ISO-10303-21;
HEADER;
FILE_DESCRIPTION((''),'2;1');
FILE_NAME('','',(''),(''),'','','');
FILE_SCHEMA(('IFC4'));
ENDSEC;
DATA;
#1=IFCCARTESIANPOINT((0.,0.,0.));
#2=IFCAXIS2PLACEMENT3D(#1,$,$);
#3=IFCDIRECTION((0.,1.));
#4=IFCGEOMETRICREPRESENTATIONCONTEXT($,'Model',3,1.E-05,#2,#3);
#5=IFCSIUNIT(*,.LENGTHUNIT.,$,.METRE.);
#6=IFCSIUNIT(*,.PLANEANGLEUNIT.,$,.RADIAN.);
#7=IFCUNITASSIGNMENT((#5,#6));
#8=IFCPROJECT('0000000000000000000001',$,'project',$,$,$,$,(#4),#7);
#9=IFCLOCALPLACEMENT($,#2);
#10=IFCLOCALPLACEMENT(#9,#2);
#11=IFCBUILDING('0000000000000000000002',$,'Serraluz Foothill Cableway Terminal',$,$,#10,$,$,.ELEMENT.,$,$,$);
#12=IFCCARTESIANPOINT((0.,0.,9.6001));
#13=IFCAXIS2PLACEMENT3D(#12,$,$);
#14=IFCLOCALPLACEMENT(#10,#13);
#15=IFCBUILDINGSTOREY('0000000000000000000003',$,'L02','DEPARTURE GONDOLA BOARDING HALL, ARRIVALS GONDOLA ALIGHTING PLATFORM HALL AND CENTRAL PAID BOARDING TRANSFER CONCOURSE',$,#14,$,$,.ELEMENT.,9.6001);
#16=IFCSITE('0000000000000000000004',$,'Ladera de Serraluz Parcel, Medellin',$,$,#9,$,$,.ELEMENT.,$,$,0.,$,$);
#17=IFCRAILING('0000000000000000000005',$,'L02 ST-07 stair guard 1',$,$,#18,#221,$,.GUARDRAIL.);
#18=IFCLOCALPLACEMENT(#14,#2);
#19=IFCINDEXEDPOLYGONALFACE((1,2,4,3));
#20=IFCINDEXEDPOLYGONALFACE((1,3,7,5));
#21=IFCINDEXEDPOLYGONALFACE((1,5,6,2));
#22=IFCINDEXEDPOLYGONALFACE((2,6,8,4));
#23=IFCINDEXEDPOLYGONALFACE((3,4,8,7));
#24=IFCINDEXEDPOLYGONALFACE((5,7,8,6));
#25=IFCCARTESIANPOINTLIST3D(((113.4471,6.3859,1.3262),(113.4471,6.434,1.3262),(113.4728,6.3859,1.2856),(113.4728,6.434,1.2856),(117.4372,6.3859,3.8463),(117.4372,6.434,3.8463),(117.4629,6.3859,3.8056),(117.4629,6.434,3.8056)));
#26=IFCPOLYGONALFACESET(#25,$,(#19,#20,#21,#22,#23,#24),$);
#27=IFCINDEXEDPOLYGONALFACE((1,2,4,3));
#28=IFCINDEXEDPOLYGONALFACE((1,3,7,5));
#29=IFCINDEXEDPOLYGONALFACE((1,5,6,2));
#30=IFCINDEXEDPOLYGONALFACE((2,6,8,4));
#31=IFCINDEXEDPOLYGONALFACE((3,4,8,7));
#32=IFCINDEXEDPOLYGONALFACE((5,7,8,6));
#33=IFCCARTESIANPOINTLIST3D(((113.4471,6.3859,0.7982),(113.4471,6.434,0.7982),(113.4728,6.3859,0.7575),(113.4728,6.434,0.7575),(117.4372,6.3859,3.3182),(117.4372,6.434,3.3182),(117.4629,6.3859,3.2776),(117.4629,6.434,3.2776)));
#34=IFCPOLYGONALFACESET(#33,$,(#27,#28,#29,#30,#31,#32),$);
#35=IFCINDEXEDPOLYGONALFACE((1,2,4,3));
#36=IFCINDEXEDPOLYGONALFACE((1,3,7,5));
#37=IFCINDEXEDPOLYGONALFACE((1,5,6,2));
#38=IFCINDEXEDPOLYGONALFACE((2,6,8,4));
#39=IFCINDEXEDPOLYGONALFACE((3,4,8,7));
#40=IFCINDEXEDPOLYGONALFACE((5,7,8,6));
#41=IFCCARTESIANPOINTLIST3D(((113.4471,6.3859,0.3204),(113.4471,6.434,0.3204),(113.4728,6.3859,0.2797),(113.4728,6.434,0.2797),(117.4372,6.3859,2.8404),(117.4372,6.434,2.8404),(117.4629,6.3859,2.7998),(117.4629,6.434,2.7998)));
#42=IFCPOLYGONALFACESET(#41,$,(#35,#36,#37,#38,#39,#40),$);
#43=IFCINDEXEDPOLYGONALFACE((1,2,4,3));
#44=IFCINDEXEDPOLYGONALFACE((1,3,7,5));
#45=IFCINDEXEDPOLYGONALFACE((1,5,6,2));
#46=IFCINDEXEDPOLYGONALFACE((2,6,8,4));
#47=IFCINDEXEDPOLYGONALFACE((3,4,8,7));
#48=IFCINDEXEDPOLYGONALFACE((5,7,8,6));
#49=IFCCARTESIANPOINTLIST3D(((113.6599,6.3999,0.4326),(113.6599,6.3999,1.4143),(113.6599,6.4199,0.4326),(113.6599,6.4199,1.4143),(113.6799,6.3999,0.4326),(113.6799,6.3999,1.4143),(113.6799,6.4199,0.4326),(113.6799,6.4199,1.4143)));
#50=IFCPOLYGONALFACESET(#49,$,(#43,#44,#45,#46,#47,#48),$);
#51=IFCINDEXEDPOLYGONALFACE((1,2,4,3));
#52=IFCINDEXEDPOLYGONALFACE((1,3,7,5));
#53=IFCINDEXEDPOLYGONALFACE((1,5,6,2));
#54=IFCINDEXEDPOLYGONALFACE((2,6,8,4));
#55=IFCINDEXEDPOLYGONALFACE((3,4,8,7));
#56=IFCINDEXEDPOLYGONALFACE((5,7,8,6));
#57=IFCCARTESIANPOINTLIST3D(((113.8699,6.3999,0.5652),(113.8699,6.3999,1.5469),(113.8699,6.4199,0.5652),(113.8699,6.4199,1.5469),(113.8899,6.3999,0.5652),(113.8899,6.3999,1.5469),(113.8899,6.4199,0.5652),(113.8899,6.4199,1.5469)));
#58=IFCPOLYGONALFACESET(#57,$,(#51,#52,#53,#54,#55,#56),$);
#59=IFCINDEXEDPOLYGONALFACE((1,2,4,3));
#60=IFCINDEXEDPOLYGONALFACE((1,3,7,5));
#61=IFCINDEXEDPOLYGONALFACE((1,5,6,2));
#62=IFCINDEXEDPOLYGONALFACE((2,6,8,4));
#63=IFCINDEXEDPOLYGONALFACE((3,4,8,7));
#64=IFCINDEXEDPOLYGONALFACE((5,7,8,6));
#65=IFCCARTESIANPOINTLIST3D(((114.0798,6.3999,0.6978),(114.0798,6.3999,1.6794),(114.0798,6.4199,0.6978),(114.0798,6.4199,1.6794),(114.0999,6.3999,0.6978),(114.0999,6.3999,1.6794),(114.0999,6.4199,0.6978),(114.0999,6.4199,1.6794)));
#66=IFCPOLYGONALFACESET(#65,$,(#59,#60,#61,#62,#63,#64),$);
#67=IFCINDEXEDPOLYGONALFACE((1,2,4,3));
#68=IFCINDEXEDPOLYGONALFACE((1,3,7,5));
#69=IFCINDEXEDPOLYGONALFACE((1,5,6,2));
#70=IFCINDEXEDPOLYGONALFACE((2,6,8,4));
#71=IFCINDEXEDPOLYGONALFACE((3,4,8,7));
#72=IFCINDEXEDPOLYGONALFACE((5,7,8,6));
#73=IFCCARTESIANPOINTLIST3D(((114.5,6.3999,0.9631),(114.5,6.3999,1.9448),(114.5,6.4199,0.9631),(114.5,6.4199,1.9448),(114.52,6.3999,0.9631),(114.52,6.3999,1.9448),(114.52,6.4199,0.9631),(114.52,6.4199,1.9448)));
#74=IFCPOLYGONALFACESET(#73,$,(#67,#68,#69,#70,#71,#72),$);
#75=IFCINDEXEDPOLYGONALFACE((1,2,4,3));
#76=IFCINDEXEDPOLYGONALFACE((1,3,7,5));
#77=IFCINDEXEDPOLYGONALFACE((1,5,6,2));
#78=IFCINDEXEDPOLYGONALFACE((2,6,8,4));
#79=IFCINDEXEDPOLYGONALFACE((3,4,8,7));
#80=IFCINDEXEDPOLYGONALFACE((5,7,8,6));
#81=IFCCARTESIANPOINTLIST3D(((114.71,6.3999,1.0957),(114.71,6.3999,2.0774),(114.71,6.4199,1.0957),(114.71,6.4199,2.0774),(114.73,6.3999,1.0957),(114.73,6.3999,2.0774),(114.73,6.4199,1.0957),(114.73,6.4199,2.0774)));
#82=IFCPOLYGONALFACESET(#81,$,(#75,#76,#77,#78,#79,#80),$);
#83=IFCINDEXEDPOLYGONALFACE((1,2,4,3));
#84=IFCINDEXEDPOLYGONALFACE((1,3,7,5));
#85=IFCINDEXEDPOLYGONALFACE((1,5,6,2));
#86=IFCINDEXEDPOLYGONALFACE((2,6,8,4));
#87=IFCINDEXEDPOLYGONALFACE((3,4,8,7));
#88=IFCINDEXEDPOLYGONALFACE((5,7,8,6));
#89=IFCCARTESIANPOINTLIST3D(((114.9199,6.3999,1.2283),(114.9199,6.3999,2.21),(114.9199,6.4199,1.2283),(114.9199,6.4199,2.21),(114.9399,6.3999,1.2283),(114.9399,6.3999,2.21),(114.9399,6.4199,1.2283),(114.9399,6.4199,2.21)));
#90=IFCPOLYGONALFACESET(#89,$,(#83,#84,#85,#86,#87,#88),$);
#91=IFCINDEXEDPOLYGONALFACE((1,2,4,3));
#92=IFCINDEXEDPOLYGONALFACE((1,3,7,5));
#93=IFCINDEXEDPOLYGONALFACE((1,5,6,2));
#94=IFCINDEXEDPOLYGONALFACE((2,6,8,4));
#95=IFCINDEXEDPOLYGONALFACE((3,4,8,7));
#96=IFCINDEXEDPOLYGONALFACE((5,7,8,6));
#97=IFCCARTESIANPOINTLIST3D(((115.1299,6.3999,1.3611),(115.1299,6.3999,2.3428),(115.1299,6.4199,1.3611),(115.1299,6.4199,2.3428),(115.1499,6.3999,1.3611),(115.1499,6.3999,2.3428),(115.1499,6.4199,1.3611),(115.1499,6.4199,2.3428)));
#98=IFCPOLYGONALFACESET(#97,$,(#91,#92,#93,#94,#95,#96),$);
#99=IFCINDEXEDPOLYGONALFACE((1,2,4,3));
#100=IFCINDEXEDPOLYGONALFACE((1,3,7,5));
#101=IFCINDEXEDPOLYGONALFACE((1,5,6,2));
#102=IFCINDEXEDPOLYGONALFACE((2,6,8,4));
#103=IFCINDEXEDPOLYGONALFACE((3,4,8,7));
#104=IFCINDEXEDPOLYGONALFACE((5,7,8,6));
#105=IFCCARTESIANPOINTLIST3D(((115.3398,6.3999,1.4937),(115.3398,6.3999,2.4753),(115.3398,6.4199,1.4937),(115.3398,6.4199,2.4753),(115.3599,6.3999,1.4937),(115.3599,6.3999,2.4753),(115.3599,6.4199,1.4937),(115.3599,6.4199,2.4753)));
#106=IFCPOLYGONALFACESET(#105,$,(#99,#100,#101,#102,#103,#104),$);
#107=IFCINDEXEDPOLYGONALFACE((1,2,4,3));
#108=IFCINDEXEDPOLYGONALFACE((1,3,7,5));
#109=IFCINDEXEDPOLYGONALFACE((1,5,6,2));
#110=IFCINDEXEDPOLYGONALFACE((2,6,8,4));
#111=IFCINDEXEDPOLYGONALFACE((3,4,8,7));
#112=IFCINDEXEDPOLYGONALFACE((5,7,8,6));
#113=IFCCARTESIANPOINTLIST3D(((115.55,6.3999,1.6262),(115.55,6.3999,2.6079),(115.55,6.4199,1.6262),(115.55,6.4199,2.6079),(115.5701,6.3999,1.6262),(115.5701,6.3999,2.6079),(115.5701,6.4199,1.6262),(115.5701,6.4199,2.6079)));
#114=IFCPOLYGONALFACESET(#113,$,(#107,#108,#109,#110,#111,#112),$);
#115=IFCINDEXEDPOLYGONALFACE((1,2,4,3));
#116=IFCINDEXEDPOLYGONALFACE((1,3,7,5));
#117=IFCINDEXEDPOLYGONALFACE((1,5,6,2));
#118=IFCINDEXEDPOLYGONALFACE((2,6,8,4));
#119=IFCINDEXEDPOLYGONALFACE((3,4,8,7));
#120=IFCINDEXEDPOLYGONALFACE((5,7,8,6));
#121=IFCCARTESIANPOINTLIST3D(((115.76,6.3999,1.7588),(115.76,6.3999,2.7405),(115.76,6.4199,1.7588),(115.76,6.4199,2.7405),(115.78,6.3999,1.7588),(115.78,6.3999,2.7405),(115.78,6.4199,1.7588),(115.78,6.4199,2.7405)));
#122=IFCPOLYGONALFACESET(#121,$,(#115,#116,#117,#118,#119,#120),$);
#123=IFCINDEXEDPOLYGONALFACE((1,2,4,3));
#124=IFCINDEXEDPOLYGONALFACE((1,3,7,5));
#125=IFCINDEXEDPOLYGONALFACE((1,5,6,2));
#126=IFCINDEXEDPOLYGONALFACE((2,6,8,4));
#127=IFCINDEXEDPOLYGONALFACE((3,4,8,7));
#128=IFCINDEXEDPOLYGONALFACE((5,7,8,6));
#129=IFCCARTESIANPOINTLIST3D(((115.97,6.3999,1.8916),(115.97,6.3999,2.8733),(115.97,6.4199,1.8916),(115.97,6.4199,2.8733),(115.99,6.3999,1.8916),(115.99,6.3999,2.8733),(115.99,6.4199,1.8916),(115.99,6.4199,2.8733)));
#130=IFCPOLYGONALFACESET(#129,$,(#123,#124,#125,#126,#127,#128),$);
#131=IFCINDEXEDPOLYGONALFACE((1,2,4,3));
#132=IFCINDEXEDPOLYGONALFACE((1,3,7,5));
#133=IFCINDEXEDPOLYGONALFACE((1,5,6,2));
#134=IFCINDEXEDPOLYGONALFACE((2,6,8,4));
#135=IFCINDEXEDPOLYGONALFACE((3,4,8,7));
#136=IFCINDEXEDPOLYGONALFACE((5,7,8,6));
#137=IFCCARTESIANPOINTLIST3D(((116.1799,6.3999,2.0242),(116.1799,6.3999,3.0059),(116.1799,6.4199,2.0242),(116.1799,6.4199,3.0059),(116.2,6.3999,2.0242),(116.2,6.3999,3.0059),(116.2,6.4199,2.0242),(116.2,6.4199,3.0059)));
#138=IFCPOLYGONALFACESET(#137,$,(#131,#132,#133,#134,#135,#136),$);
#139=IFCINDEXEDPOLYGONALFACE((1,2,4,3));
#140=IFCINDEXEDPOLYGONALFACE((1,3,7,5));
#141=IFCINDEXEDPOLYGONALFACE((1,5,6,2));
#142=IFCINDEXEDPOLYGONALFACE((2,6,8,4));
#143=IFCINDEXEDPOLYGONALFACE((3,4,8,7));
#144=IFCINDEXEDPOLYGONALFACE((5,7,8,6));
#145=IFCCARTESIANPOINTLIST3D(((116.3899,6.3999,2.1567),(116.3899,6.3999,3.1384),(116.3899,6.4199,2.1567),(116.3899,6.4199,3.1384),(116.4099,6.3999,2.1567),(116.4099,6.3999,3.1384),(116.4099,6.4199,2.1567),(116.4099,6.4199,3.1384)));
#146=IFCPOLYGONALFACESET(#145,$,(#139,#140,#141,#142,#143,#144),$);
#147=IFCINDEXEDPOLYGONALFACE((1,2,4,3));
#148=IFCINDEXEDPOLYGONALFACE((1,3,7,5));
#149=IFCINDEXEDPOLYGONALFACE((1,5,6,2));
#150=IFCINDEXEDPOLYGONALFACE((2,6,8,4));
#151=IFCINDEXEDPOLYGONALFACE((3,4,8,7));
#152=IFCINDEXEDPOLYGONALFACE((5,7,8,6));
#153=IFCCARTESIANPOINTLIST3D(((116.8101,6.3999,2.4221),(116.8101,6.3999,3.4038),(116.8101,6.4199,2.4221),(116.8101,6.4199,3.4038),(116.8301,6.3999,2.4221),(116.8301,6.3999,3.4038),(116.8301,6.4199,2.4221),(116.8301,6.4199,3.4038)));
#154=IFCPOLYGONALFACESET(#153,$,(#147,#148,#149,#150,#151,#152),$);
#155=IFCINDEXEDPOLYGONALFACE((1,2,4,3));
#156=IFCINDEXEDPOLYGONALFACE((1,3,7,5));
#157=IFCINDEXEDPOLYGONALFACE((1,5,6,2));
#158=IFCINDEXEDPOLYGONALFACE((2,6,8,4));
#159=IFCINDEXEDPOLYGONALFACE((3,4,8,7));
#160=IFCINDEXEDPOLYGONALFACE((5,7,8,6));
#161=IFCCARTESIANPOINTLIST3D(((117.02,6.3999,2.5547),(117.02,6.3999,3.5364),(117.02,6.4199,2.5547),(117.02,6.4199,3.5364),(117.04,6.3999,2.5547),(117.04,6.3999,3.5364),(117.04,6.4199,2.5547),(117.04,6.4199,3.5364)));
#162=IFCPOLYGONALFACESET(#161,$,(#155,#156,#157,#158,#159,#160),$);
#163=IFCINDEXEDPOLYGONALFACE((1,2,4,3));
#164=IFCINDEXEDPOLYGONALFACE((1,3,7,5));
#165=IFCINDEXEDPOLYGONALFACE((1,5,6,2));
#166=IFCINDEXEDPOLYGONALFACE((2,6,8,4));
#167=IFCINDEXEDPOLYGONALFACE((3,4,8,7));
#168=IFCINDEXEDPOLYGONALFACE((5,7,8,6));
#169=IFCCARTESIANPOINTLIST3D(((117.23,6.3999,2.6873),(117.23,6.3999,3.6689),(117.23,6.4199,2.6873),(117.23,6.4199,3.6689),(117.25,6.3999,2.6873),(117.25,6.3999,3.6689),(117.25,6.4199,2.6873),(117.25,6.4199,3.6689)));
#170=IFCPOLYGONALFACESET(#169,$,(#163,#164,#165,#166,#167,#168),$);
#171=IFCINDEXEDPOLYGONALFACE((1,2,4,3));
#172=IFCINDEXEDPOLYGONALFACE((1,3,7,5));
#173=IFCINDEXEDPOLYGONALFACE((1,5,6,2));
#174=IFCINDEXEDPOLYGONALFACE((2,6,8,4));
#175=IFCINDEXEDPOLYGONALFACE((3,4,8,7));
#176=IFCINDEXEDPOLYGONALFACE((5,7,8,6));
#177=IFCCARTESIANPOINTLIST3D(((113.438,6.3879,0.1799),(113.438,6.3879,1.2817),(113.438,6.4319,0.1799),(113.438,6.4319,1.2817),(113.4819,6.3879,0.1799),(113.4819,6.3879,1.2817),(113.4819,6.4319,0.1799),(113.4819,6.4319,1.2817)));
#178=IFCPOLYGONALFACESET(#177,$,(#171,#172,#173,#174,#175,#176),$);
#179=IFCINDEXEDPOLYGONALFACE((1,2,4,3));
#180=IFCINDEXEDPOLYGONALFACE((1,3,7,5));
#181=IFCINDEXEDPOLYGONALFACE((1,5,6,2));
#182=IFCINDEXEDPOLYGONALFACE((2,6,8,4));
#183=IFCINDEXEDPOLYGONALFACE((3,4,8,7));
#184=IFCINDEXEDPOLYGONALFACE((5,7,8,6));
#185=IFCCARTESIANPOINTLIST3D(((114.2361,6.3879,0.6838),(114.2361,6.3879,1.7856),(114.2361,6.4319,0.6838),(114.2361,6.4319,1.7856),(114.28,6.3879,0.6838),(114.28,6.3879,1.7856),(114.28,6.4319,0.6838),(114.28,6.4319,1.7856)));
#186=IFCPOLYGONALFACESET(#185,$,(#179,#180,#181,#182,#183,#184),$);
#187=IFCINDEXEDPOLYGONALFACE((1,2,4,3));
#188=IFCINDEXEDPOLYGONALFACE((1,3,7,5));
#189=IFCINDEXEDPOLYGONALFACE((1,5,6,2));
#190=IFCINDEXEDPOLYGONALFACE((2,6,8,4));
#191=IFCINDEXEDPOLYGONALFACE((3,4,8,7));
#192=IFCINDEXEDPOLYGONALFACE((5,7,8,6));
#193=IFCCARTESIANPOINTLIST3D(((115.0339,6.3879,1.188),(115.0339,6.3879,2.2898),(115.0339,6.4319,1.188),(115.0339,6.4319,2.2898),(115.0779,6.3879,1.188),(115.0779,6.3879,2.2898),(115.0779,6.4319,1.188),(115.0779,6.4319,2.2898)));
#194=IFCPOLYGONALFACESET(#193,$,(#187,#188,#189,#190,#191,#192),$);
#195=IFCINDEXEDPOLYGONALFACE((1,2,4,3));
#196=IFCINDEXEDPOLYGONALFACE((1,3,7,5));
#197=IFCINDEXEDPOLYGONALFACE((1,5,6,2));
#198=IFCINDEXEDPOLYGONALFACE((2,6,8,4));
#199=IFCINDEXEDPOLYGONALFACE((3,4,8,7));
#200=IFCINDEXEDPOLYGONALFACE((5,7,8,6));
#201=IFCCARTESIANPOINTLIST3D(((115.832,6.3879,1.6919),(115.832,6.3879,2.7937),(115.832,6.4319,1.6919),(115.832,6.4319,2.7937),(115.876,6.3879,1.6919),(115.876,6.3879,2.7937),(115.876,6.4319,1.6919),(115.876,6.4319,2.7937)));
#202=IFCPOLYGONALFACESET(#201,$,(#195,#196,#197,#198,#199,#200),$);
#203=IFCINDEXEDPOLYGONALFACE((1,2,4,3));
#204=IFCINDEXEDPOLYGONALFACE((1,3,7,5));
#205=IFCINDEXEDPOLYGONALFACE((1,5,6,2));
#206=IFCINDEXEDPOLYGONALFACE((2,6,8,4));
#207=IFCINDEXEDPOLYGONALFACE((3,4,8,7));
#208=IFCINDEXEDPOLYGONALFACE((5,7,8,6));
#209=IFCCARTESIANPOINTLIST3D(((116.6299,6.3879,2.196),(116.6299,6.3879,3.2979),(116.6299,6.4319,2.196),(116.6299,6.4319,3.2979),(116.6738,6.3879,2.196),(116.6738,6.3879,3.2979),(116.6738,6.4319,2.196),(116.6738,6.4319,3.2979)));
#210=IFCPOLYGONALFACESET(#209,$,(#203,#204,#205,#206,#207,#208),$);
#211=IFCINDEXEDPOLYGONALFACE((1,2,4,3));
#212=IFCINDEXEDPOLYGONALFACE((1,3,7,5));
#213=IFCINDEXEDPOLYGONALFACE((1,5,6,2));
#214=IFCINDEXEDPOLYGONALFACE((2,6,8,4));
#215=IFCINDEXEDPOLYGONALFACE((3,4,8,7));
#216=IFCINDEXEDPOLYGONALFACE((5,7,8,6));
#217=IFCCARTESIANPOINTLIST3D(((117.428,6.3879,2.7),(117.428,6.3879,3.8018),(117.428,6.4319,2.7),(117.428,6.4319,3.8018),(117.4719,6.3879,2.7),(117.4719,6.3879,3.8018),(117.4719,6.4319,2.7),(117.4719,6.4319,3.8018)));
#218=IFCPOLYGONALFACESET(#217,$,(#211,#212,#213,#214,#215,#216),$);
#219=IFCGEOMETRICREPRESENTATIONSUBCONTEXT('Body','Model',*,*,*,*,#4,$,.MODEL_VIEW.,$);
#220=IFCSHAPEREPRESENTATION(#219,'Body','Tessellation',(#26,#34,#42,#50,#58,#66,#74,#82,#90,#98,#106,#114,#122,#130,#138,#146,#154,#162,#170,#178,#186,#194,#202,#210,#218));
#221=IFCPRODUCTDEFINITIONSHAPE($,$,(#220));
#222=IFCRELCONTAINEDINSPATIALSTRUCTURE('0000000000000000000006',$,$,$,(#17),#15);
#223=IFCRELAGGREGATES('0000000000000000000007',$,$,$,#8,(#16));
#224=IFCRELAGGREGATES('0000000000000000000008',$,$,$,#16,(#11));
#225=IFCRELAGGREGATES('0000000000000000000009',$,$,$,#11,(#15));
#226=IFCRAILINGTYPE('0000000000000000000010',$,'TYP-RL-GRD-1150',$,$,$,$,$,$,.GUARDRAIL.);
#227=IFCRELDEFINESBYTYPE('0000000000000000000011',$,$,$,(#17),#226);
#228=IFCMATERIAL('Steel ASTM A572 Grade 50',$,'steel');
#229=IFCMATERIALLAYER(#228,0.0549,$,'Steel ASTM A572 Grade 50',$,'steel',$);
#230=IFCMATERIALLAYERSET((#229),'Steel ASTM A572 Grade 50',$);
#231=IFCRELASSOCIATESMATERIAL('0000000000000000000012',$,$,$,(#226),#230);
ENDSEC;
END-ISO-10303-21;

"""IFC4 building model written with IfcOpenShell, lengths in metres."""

from ifc_helpers import new_model, si_unit, direction, frame, origin, origin_2d, place, context, subcontext, project, spatial, rectangle, extrude, material, layer, layer_set, type_object, element, save


model = new_model("IFC4")

# Units and contexts
model_context = context("Model", 3, precision=1e-05, world=origin(), true_north=direction((0.0, 1.0)))
body_context = subcontext(model_context, "Body", "Model", "MODEL_VIEW")
ifc_project = project(units=[si_unit("LENGTHUNIT", "METRE"), si_unit("PLANEANGLEUNIT", "RADIAN")], contexts=[model_context])

# Site, building, storey
site_placement = place(None, origin())
site = spatial("IfcSite", under=ifc_project, at=site_placement, Name="Ladera de Serraluz Parcel, Medellin", CompositionType="ELEMENT", RefElevation=0.0)
building_placement = place(site_placement, origin())
building = spatial("IfcBuilding", under=site, at=building_placement, Name="Serraluz Foothill Cableway Terminal", CompositionType="ELEMENT")
storey_placement = place(building_placement, frame((0.0, 0.0, 9.6001)))
storey = spatial("IfcBuildingStorey", under=building, at=storey_placement, Name="L02", Description="DEPARTURE GONDOLA BOARDING HALL, ARRIVALS GONDOLA ALIGHTING PLATFORM HALL AND CENTRAL PAID BOARDING TRANSFER CONCOURSE", CompositionType="ELEMENT", Elevation=9.6001)

# Shared definitions
ifc_material_1 = material(Name="Steel ASTM A572 Grade 50", Category="steel")

# Railing
ifc_layer_1 = layer(ifc_material_1, 0.0549, Name="Steel ASTM A572 Grade 50", Category="steel")
ifc_layer_set_1 = layer_set([ifc_layer_1], Name="Steel ASTM A572 Grade 50")
railing_type_1 = type_object("IfcRailingType", Name="TYP-RL-GRD-1150", PredefinedType="GUARDRAIL", material=ifc_layer_set_1)
railing_1_placement = place(storey_placement, frame((113.46, 6.4099, 0.1799)))
element("IfcRailing", 1, at=railing_1_placement, inside=storey, type_object=railing_type_1, Name="L02 ST-07 stair guard 1", PredefinedType="GUARDRAIL", context=body_context, shape_type="SweptSolid", body=[
    extrude(rectangle(XDim=0.0481, YDim=0.0481, at=origin_2d()), frame((0.0, 0.0, 1.126), z_axis=(0.845486, 0.0, 0.533997), x_axis=(0.0, 1.0, 0.0)), (0.0, 0.0, 1.0), 4.7192),
    extrude(rectangle(XDim=0.0481, YDim=0.0481, at=origin_2d()), frame((0.0, 0.0, 0.5979), z_axis=(0.845486, 0.0, 0.533997), x_axis=(0.0, 1.0, 0.0)), (0.0, 0.0, 1.0), 4.7192),
    extrude(rectangle(XDim=0.0481, YDim=0.0481, at=origin_2d()), frame((0.0, 0.0, 0.1201), z_axis=(0.845486, 0.0, 0.533997), x_axis=(0.0, 1.0, 0.0)), (0.0, 0.0, 1.0), 4.7192),
    extrude(rectangle(XDim=0.02, YDim=0.02, at=origin_2d()), frame((0.21, 0.0, 0.2527)), (0.0, 0.0, 1.0), 0.9817),
    extrude(rectangle(XDim=0.02, YDim=0.02, at=origin_2d()), frame((0.4199, 0.0, 0.3853)), (0.0, 0.0, 1.0), 0.9817),
    extrude(rectangle(XDim=0.02, YDim=0.02, at=origin_2d()), frame((0.6299, 0.0, 0.5178)), (0.0, 0.0, 1.0), 0.9817),
    extrude(rectangle(XDim=0.02, YDim=0.02, at=origin_2d()), frame((1.05, 0.0, 0.7832)), (0.0, 0.0, 1.0), 0.9817),
    extrude(rectangle(XDim=0.02, YDim=0.02, at=origin_2d()), frame((1.26, 0.0, 0.9158)), (0.0, 0.0, 1.0), 0.9817),
    extrude(rectangle(XDim=0.02, YDim=0.02, at=origin_2d()), frame((1.47, 0.0, 1.0483)), (0.0, 0.0, 1.0), 0.9817),
    extrude(rectangle(XDim=0.02, YDim=0.02, at=origin_2d()), frame((1.6799, 0.0, 1.1812)), (0.0, 0.0, 1.0), 0.9817),
    extrude(rectangle(XDim=0.02, YDim=0.02, at=origin_2d()), frame((1.8899, 0.0, 1.3137)), (0.0, 0.0, 1.0), 0.9817),
    extrude(rectangle(XDim=0.02, YDim=0.02, at=origin_2d()), frame((2.1001, 0.0, 1.4463)), (0.0, 0.0, 1.0), 0.9817),
    extrude(rectangle(XDim=0.02, YDim=0.02, at=origin_2d()), frame((2.3101, 0.0, 1.5789)), (0.0, 0.0, 1.0), 0.9817),
    extrude(rectangle(XDim=0.02, YDim=0.02, at=origin_2d()), frame((2.52, 0.0, 1.7117)), (0.0, 0.0, 1.0), 0.9817),
    extrude(rectangle(XDim=0.02, YDim=0.02, at=origin_2d()), frame((2.73, 0.0, 1.8442)), (0.0, 0.0, 1.0), 0.9817),
    extrude(rectangle(XDim=0.02, YDim=0.02, at=origin_2d()), frame((2.9399, 0.0, 1.9768)), (0.0, 0.0, 1.0), 0.9817),
    extrude(rectangle(XDim=0.02, YDim=0.02, at=origin_2d()), frame((3.3601, 0.0, 2.2422)), (0.0, 0.0, 1.0), 0.9817),
    extrude(rectangle(XDim=0.02, YDim=0.02, at=origin_2d()), frame((3.5701, 0.0, 2.3748)), (0.0, 0.0, 1.0), 0.9817),
    extrude(rectangle(XDim=0.02, YDim=0.02, at=origin_2d()), frame((3.78, 0.0, 2.5073)), (0.0, 0.0, 1.0), 0.9817),
    extrude(rectangle(XDim=0.0439, YDim=0.0439, at=origin_2d()), origin(), (0.0, 0.0, 1.0), 1.1018),
    extrude(rectangle(XDim=0.0439, YDim=0.0439, at=origin_2d()), frame((0.7981, 0.0, 0.5039)), (0.0, 0.0, 1.0), 1.1018),
    extrude(rectangle(XDim=0.0439, YDim=0.0439, at=origin_2d()), frame((1.5959, 0.0, 1.0081)), (0.0, 0.0, 1.0), 1.1018),
    extrude(rectangle(XDim=0.0439, YDim=0.0439, at=origin_2d()), frame((2.394, 0.0, 1.512)), (0.0, 0.0, 1.0), 1.1018),
    extrude(rectangle(XDim=0.0439, YDim=0.0439, at=origin_2d()), frame((3.1919, 0.0, 2.0161)), (0.0, 0.0, 1.0), 1.1018),
    extrude(rectangle(XDim=0.0439, YDim=0.0439, at=origin_2d()), frame((3.99, 0.0, 2.52)), (0.0, 0.0, 1.0), 1.1018),
])

save(model, "model.ifc")
